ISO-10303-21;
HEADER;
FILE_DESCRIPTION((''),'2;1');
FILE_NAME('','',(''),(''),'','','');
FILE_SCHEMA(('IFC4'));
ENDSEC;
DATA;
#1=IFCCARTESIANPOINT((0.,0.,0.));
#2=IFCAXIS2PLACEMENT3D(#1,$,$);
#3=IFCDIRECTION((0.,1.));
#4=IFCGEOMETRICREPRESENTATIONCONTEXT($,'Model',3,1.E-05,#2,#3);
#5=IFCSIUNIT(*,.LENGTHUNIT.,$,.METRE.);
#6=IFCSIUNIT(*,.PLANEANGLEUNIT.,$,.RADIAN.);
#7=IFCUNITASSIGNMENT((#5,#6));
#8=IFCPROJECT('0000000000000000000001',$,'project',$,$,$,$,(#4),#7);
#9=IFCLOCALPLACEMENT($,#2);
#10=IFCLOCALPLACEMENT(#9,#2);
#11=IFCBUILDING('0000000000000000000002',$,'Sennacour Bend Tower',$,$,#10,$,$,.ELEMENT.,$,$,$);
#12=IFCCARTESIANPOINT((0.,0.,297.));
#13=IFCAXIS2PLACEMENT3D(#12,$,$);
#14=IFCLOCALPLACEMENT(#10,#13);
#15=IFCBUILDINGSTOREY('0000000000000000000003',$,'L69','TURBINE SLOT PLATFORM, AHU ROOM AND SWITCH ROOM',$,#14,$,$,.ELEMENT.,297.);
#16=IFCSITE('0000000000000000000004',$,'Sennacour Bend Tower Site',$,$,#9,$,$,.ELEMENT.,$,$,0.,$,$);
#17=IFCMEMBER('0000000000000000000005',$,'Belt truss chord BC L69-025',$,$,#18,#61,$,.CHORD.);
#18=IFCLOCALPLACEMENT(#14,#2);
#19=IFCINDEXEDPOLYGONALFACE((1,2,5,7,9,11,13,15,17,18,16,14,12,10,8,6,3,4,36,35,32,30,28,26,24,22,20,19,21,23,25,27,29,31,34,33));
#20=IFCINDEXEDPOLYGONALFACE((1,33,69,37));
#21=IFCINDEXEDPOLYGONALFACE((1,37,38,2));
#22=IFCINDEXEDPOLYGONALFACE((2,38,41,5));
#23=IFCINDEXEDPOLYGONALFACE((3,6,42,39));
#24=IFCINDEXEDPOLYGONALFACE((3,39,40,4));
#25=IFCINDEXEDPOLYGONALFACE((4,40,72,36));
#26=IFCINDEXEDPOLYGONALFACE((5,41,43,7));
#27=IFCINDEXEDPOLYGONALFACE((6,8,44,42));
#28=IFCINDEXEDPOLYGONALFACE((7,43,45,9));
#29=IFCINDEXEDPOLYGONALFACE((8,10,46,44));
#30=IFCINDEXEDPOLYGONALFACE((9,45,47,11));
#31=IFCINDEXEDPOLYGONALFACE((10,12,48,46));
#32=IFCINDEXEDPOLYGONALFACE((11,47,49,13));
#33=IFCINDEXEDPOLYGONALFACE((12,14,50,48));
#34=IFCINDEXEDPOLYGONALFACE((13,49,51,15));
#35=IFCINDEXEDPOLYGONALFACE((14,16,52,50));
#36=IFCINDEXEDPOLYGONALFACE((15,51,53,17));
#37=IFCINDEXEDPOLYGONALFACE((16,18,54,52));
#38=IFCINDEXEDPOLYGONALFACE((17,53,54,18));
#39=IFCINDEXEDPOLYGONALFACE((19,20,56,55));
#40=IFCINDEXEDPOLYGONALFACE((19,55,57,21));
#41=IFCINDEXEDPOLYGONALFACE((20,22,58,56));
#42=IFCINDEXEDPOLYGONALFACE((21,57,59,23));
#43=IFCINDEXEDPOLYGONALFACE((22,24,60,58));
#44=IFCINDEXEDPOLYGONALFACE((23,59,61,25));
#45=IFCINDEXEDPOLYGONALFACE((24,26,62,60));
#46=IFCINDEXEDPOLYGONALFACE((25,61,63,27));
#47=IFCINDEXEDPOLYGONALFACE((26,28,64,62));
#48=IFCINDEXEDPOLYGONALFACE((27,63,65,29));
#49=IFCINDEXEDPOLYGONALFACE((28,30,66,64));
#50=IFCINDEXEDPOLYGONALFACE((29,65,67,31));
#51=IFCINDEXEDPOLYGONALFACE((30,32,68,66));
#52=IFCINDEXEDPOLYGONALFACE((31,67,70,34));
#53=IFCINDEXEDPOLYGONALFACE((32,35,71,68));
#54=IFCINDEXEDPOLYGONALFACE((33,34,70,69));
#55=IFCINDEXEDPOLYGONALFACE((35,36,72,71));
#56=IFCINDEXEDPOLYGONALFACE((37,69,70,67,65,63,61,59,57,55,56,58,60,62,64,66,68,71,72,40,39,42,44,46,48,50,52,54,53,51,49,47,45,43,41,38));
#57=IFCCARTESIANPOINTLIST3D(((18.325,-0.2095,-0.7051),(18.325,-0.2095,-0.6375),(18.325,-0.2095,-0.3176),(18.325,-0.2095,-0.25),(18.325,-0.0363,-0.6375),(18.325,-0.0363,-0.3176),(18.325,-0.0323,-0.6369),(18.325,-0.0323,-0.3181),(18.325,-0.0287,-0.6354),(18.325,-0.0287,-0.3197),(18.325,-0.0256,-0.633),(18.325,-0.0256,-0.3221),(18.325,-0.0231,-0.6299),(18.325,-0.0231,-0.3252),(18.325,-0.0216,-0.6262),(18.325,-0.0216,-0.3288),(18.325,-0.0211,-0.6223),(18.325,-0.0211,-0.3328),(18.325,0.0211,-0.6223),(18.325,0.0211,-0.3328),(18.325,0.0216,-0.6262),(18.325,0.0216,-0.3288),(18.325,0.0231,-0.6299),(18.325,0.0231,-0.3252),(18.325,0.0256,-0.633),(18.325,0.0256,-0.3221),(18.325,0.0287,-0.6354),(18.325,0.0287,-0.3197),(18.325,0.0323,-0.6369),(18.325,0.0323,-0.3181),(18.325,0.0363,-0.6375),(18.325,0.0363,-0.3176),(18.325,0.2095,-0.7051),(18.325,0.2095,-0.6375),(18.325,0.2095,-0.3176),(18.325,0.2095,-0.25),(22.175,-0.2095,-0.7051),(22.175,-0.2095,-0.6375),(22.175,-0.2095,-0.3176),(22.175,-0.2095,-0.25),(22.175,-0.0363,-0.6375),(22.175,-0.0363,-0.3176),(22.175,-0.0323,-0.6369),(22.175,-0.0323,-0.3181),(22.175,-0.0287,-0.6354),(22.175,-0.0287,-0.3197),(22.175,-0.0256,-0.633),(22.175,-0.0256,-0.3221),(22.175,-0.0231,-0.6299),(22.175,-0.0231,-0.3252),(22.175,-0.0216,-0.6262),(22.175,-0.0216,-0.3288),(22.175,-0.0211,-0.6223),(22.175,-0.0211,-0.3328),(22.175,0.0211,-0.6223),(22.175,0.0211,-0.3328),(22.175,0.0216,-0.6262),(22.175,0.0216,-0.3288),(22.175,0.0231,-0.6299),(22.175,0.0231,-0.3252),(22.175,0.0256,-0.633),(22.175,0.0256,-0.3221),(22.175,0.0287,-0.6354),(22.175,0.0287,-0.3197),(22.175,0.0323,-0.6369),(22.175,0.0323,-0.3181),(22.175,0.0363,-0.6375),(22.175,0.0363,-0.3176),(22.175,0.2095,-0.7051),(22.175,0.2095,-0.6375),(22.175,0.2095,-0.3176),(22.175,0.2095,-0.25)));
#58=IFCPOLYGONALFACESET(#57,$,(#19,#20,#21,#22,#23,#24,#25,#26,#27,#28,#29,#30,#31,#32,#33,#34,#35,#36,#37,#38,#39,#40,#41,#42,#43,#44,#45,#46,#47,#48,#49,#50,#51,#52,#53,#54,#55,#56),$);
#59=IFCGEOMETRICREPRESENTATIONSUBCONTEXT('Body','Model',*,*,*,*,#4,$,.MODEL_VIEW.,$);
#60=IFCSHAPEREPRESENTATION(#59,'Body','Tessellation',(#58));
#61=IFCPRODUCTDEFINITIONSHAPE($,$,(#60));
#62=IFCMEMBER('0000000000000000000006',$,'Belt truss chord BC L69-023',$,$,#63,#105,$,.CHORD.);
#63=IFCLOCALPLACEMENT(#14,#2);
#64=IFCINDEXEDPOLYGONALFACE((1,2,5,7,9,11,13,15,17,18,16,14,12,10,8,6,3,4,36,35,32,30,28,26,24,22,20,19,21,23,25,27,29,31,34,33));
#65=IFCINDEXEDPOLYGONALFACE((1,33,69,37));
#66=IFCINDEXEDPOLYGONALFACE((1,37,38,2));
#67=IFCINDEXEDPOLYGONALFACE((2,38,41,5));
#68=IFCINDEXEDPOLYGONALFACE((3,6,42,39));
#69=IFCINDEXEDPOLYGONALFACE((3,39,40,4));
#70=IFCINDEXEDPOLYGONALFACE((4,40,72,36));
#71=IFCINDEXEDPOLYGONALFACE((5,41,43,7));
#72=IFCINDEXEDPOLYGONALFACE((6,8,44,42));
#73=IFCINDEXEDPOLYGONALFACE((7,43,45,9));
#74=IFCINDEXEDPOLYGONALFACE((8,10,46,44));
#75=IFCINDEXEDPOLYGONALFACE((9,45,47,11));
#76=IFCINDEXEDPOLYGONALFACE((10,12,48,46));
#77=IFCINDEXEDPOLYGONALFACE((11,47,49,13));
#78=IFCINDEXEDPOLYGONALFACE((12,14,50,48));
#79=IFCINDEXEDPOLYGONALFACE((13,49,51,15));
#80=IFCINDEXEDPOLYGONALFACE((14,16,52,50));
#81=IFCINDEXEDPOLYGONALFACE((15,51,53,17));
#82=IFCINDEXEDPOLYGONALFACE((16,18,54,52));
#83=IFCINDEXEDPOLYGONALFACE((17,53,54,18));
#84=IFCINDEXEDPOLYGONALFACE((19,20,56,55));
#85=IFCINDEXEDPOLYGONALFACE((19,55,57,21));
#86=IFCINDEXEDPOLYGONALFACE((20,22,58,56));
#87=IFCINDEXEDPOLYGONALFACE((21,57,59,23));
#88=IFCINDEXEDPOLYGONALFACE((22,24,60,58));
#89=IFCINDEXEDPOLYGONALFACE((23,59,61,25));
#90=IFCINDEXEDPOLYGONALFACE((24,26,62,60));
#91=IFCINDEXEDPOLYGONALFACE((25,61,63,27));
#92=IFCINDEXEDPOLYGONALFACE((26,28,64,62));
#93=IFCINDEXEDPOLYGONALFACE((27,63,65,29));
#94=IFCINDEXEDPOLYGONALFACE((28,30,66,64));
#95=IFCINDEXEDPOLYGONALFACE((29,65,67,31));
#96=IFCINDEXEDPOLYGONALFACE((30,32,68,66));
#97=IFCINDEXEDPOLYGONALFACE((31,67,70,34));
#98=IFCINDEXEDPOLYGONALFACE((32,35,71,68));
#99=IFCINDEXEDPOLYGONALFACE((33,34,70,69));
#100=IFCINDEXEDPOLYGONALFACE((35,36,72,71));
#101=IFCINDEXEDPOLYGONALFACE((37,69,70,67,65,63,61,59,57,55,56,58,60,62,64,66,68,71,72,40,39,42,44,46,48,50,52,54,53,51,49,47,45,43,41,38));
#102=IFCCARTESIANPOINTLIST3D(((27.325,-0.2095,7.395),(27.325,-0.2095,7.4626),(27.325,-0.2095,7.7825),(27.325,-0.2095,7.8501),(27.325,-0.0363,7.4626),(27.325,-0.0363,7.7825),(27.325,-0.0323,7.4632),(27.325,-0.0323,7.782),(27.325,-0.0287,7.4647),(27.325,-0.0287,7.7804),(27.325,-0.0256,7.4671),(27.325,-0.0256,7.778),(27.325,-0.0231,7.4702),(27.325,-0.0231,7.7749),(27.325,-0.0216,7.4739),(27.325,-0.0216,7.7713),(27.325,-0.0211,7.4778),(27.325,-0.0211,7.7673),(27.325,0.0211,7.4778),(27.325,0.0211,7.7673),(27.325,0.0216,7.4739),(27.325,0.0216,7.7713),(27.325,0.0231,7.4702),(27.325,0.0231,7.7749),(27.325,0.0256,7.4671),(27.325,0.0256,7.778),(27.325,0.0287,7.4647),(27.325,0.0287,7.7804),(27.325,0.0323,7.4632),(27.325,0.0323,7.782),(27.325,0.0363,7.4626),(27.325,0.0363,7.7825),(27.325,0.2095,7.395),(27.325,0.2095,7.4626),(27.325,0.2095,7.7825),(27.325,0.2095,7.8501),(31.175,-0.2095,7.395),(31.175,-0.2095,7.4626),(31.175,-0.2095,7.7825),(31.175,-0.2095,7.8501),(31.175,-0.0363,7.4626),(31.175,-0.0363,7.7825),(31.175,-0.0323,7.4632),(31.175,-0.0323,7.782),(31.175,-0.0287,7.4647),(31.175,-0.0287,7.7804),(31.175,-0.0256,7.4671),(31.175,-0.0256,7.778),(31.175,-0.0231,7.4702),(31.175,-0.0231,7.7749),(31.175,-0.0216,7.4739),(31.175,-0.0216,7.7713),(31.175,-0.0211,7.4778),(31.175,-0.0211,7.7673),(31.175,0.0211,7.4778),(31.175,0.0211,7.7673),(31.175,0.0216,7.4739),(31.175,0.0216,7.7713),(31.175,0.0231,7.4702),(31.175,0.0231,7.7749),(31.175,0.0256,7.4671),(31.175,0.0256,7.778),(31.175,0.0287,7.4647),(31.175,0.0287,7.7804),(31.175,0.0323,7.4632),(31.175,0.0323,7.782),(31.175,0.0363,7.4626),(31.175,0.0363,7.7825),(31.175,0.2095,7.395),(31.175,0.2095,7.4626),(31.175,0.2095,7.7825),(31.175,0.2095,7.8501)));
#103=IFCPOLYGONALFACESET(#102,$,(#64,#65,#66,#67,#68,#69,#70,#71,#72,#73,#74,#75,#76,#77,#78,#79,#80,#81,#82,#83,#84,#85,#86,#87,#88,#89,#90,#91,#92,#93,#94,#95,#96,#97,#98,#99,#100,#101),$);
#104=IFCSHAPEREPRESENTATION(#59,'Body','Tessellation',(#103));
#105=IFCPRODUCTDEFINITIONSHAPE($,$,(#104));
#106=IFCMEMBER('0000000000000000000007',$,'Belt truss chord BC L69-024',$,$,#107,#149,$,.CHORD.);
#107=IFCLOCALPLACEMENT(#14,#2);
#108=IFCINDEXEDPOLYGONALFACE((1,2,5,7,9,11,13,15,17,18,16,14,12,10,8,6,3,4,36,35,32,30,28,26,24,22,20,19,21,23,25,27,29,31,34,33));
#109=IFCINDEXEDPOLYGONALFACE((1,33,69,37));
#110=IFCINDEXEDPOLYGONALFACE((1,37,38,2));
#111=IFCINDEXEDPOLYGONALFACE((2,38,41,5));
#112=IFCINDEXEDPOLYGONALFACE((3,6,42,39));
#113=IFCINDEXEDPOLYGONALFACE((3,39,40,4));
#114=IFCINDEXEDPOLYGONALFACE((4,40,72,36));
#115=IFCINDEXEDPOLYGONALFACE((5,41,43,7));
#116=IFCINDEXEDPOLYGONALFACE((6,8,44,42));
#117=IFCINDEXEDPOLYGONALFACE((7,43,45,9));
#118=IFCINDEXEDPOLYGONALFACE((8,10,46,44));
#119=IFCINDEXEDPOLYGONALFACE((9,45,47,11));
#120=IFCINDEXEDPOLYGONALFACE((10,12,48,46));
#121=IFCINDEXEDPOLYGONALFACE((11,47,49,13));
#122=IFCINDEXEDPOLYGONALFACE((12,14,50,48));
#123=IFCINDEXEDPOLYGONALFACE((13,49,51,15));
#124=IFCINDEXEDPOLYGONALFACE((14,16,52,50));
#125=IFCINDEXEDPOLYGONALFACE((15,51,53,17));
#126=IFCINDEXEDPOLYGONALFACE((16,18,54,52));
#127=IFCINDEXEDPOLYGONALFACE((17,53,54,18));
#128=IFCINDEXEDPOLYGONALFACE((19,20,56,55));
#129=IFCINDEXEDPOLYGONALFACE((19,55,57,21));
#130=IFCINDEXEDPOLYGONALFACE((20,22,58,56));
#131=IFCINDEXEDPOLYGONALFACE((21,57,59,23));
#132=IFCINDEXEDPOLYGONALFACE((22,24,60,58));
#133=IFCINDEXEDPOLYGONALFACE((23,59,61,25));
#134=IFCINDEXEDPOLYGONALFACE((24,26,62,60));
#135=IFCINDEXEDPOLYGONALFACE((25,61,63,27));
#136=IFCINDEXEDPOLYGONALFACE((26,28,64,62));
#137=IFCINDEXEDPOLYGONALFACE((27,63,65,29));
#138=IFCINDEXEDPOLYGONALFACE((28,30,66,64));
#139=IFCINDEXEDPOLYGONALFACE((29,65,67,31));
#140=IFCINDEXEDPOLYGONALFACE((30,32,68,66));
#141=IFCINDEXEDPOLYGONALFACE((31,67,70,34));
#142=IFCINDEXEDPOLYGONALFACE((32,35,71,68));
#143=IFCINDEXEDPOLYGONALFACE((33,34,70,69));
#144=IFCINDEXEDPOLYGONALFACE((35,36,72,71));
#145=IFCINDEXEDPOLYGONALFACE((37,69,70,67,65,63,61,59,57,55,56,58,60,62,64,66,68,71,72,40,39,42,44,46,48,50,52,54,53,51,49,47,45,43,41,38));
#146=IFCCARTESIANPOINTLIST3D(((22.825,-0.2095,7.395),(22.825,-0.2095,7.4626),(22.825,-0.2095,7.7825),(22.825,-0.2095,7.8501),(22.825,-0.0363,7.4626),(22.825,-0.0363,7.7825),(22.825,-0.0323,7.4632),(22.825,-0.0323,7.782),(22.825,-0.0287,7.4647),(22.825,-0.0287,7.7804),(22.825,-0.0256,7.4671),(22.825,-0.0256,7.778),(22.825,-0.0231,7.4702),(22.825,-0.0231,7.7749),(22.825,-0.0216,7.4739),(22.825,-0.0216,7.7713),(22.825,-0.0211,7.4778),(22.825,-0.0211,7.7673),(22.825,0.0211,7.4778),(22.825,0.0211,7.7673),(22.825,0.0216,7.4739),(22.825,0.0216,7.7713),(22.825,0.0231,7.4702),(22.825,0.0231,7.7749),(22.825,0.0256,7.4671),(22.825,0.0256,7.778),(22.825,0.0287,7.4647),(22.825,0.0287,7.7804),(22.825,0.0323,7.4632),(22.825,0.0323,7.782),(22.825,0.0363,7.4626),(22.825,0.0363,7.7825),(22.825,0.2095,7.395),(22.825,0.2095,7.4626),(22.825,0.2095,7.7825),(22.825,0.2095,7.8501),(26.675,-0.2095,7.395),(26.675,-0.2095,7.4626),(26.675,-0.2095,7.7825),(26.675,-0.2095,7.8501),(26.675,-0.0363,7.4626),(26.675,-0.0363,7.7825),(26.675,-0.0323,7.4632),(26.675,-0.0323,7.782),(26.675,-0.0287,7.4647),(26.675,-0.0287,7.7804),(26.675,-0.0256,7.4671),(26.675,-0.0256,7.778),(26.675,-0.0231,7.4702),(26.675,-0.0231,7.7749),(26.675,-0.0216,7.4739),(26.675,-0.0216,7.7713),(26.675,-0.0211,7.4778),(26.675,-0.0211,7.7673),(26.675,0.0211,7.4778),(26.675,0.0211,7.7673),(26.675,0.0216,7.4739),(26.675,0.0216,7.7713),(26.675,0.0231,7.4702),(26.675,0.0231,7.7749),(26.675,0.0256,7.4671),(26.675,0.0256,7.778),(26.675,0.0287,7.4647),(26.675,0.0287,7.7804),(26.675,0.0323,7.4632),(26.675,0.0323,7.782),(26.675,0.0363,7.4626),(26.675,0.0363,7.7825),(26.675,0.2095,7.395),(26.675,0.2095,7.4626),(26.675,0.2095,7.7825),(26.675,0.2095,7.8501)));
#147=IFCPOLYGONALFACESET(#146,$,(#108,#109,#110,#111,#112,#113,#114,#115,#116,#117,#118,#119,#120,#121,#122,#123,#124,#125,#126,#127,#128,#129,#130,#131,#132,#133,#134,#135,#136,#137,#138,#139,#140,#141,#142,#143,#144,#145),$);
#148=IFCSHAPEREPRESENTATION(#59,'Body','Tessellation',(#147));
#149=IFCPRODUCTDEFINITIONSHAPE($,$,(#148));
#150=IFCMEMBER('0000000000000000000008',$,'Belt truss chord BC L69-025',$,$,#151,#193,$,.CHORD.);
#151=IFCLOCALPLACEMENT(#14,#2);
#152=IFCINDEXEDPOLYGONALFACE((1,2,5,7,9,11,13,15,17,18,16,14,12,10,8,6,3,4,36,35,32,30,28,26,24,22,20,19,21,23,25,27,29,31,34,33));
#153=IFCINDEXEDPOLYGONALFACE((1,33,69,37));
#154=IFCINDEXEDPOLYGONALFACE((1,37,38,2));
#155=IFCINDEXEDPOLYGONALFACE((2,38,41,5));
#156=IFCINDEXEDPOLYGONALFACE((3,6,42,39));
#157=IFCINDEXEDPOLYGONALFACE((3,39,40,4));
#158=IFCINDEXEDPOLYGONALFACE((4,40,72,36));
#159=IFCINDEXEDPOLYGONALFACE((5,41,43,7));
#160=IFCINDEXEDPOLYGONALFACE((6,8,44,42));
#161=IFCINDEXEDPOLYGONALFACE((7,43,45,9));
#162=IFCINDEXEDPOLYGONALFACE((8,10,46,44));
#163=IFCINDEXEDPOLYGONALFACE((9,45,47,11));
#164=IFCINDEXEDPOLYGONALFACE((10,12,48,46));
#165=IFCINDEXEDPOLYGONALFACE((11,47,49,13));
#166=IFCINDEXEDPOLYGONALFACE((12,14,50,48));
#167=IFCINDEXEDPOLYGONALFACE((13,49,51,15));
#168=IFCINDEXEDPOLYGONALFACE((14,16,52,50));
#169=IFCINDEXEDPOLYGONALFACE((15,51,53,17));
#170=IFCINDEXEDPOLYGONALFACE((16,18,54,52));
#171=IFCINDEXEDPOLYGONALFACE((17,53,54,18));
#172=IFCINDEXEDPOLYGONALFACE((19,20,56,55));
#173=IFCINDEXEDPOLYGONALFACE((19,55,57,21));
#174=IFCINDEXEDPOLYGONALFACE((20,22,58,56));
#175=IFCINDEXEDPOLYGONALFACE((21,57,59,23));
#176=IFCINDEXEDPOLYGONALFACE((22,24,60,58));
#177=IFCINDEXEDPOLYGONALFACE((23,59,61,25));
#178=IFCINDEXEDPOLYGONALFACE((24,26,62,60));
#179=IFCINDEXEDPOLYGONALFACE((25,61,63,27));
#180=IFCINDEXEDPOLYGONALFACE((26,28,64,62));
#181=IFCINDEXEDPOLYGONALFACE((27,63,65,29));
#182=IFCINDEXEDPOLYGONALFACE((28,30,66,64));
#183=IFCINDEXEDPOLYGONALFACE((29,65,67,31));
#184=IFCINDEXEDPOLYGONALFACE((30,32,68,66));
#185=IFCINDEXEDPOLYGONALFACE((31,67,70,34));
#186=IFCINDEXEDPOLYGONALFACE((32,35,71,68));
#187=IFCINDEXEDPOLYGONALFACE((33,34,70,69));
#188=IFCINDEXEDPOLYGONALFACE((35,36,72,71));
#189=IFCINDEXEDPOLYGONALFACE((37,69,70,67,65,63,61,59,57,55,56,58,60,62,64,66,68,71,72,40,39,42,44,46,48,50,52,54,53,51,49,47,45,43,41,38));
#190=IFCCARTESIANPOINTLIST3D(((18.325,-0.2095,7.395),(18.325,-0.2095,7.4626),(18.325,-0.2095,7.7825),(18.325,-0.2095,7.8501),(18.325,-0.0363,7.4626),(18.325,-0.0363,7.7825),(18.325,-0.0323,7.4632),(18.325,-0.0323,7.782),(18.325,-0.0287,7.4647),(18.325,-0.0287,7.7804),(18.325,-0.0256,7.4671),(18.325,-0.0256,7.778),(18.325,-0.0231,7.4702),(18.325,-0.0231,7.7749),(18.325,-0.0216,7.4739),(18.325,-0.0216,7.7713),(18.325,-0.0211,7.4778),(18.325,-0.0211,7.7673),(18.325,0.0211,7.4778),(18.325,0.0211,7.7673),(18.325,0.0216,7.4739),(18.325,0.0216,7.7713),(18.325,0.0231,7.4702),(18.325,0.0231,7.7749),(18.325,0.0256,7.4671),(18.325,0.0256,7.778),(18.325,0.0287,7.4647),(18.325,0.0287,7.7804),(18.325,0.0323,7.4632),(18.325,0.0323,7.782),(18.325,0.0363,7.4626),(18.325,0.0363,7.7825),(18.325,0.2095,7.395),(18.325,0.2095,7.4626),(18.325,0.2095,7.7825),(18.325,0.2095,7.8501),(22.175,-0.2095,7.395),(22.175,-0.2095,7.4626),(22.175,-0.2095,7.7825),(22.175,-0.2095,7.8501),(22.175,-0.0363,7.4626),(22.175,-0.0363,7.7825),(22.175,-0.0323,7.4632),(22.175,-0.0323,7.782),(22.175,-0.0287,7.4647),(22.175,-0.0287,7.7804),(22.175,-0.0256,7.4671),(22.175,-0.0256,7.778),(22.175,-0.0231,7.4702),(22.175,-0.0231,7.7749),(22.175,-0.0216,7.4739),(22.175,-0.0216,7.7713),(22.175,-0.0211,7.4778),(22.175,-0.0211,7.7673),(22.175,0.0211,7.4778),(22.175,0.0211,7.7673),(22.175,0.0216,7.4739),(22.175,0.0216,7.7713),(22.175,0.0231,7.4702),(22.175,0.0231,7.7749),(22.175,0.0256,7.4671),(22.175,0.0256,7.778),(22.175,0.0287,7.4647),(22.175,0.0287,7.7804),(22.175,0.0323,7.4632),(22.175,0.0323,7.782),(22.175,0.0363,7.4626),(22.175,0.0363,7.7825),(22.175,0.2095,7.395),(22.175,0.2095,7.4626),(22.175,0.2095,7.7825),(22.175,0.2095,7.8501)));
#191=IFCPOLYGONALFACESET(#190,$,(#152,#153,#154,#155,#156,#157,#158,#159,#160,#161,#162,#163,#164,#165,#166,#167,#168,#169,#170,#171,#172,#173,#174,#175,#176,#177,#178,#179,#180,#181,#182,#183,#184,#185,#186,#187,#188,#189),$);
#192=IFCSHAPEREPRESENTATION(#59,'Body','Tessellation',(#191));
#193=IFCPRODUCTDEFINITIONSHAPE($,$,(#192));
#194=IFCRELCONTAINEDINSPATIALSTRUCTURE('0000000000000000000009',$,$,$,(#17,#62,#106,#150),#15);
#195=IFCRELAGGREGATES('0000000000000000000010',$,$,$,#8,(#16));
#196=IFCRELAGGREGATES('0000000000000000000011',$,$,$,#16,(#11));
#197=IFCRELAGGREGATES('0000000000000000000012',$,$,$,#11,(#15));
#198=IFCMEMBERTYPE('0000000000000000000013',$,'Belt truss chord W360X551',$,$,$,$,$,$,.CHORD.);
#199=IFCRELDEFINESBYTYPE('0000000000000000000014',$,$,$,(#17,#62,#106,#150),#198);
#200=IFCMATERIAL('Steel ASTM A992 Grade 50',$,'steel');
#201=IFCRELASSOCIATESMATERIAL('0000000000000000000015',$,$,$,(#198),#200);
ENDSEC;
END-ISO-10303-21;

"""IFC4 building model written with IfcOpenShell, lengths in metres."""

from ifc_helpers import new_model, si_unit, direction, frame, origin, origin_2d, place, context, subcontext, project, spatial, i_section, extrude, material, material_profile, profile_set, type_object, element, save


model = new_model("IFC4")

# Units and contexts
model_context = context("Model", 3, precision=1e-05, world=origin(), true_north=direction((0.0, 1.0)))
body_context = subcontext(model_context, "Body", "Model", "MODEL_VIEW")
ifc_project = project(units=[si_unit("LENGTHUNIT", "METRE"), si_unit("PLANEANGLEUNIT", "RADIAN")], contexts=[model_context])

# Site, building, storey
site_placement = place(None, origin())
site = spatial("IfcSite", under=ifc_project, at=site_placement, Name="Sennacour Bend Tower Site", CompositionType="ELEMENT", RefElevation=0.0)
building_placement = place(site_placement, origin())
building = spatial("IfcBuilding", under=site, at=building_placement, Name="Sennacour Bend Tower", CompositionType="ELEMENT")
storey_placement = place(building_placement, frame((0.0, 0.0, 297.0)))
storey = spatial("IfcBuildingStorey", under=building, at=storey_placement, Name="L69", Description="TURBINE SLOT PLATFORM, AHU ROOM AND SWITCH ROOM", CompositionType="ELEMENT", Elevation=297.0)

# Members
ifc_material_1 = material(Name="Steel ASTM A992 Grade 50", Category="steel")
ifc_material_profile_1 = material_profile(ifc_material_1, i_section(OverallWidth=0.4189, OverallDepth=0.4551, WebThickness=0.0422, FlangeThickness=0.0676, FilletRadius=0.0151, at=origin_2d()), Name="Steel ASTM A992 Grade 50", Category="steel")
ifc_profile_set_1 = profile_set([ifc_material_profile_1], Name="Steel ASTM A992 Grade 50")
member_type_1 = type_object("IfcMemberType", Name="Belt truss chord W360X551", PredefinedType="CHORD", material=ifc_profile_set_1)
for number, where, z_axis, x_axis, name in (
    (1, (22.175, 0.0, -0.4775), (-1.0, 0.0, 0.0), (0.0, -1.0, 0.0), "Belt truss chord BC L69-025"),
    (2, (31.175, 0.0, 7.6226), (-1.0, 0.0, 0.0), (0.0, -1.0, 0.0), "Belt truss chord BC L69-023"),
    (3, (26.675, 0.0, 7.6226), (-1.0, 0.0, 0.0), (0.0, -1.0, 0.0), "Belt truss chord BC L69-024"),
    (4, (22.175, 0.0, 7.6226), (-1.0, 0.0, 0.0), (0.0, -1.0, 0.0), "Belt truss chord BC L69-025"),
):
    element("IfcMember", number, at=place(storey_placement, frame(where, z_axis=z_axis, x_axis=x_axis)), inside=storey, type_object=member_type_1, Name=name, PredefinedType="CHORD", context=body_context, shape_type="SweptSolid", body=[
        extrude(i_section(OverallWidth=0.4189, OverallDepth=0.4551, WebThickness=0.0422, FlangeThickness=0.0676, FilletRadius=0.0151, at=origin_2d()), origin(), (0.0, 0.0, 1.0), 3.8501),
    ])

save(model, "model.ifc")
